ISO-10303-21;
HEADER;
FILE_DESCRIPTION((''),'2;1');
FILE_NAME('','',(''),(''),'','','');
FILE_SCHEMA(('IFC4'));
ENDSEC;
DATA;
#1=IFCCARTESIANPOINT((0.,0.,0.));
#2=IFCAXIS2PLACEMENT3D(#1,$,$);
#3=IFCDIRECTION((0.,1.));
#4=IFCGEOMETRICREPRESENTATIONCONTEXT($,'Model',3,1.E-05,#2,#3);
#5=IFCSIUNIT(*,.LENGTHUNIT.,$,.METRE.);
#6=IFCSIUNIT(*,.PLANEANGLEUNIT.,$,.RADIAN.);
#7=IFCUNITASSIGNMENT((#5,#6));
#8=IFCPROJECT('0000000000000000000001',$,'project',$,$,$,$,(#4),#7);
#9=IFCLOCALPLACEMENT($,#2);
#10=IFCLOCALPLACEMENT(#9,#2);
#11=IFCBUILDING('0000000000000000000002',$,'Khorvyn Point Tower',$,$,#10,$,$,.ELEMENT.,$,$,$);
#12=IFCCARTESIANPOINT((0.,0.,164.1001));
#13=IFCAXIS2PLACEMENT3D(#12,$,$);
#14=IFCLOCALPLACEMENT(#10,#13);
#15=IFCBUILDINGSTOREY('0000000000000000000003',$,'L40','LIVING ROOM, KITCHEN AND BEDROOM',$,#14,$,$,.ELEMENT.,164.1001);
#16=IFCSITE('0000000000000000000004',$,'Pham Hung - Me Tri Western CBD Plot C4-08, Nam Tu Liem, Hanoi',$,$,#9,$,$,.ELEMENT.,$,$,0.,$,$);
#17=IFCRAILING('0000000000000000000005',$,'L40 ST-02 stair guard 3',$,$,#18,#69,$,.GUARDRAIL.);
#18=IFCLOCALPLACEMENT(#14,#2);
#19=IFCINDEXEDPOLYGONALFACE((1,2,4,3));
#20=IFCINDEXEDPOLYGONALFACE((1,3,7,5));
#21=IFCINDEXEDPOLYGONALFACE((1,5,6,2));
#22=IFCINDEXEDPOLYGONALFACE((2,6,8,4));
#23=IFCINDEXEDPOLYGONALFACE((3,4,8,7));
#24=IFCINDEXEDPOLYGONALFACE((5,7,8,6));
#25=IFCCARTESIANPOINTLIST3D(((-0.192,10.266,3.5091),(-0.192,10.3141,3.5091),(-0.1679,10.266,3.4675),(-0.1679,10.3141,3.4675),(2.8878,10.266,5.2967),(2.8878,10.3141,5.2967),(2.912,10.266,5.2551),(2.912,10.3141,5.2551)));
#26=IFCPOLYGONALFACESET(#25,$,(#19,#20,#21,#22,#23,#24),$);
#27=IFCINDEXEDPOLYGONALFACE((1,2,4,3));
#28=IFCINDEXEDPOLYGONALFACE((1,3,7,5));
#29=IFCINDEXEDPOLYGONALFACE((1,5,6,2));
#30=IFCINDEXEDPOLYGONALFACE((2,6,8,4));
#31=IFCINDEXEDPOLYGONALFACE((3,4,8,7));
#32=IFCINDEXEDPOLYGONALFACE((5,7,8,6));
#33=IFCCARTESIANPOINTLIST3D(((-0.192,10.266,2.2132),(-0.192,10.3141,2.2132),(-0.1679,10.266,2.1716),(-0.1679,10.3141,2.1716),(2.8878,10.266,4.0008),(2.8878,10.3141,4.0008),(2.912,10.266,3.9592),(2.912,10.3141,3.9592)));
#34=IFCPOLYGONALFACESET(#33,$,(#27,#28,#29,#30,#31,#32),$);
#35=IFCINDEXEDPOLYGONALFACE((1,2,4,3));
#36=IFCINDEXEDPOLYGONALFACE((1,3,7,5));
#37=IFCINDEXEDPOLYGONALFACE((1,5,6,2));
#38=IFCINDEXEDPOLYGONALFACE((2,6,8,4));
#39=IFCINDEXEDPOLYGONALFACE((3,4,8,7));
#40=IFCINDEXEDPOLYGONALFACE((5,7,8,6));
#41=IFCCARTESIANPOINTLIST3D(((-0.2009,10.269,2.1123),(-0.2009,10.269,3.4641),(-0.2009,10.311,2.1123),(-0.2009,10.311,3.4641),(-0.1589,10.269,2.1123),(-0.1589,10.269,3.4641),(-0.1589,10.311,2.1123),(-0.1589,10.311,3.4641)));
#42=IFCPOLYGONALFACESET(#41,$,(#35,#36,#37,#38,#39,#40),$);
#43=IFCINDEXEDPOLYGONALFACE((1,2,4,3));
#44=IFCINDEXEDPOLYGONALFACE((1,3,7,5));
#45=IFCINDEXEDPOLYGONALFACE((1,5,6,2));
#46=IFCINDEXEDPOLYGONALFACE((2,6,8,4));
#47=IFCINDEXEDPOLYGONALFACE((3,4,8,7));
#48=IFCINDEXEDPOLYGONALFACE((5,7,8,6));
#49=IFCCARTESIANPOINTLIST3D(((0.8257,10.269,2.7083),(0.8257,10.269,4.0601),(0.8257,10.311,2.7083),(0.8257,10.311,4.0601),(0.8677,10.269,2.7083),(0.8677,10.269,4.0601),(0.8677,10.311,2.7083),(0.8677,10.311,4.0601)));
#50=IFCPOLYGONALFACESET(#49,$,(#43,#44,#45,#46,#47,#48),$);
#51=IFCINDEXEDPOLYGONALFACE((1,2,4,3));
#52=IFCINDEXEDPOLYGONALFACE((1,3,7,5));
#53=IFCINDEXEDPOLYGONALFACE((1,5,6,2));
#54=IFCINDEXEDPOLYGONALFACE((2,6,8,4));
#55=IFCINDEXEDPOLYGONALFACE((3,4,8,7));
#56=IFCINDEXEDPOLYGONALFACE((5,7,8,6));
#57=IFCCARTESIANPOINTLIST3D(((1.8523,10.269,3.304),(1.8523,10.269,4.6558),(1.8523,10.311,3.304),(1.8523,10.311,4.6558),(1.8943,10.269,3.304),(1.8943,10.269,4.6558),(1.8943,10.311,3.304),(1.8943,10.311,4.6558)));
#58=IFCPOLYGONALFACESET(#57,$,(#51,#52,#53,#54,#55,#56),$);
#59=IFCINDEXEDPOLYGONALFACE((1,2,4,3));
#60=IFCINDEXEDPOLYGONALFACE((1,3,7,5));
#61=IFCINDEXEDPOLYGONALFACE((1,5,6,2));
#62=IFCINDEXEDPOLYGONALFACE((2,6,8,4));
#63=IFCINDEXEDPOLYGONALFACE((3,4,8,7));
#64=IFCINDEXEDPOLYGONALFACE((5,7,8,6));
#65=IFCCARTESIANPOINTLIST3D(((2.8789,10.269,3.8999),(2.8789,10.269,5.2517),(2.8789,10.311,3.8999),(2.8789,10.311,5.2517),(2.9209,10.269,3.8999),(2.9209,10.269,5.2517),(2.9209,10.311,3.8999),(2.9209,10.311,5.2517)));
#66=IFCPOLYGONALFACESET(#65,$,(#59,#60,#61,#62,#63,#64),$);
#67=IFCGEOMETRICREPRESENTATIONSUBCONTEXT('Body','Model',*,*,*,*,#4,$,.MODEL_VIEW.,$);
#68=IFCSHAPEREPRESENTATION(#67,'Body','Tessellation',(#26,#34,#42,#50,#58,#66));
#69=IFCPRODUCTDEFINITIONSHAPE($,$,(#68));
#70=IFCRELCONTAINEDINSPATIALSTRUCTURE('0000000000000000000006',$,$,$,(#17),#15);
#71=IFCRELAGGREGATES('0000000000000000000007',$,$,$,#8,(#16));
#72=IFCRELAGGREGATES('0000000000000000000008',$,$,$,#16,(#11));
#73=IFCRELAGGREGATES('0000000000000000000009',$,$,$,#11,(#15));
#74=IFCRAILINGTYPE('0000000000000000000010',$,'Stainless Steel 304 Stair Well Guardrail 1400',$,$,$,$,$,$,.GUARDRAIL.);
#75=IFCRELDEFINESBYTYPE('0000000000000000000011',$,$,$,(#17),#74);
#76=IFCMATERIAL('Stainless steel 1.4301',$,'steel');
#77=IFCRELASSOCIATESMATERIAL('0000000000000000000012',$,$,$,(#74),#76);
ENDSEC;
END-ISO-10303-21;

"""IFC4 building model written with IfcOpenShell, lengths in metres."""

from ifc_helpers import new_model, si_unit, direction, frame, origin, origin_2d, place, context, subcontext, project, spatial, rectangle, extrude, material, type_object, element, save


model = new_model("IFC4")

# Units and contexts
model_context = context("Model", 3, precision=1e-05, world=origin(), true_north=direction((0.0, 1.0)))
body_context = subcontext(model_context, "Body", "Model", "MODEL_VIEW")
ifc_project = project(units=[si_unit("LENGTHUNIT", "METRE"), si_unit("PLANEANGLEUNIT", "RADIAN")], contexts=[model_context])

# Site, building, storey
site_placement = place(None, origin())
site = spatial("IfcSite", under=ifc_project, at=site_placement, Name="Pham Hung - Me Tri Western CBD Plot C4-08, Nam Tu Liem, Hanoi", CompositionType="ELEMENT", RefElevation=0.0)
building_placement = place(site_placement, origin())
building = spatial("IfcBuilding", under=site, at=building_placement, Name="Khorvyn Point Tower", CompositionType="ELEMENT")
storey_placement = place(building_placement, frame((0.0, 0.0, 164.1001)))
storey = spatial("IfcBuildingStorey", under=building, at=storey_placement, Name="L40", Description="LIVING ROOM, KITCHEN AND BEDROOM", CompositionType="ELEMENT", Elevation=164.1001)

# Shared definitions
ifc_material_1 = material(Name="Stainless steel 1.4301", Category="steel")

# Railing
railing_type_1 = type_object("IfcRailingType", Name="Stainless Steel 304 Stair Well Guardrail 1400", PredefinedType="GUARDRAIL", material=ifc_material_1)
railing_1_placement = place(storey_placement, frame((-0.1799, 10.29, 2.1123)))
element("IfcRailing", 1, at=railing_1_placement, inside=storey, type_object=railing_type_1, Name="L40 ST-02 stair guard 3", PredefinedType="GUARDRAIL", context=body_context, shape_type="SweptSolid", body=[
    extrude(rectangle(XDim=0.0481, YDim=0.0481, at=origin_2d()), frame((0.0, 0.0, 1.376), z_axis=(0.864873, 0.0, 0.50199), x_axis=(0.0, 1.0, 0.0)), (0.0, 0.0, 1.0), 3.561),
    extrude(rectangle(XDim=0.0481, YDim=0.0481, at=origin_2d()), frame((0.0, 0.0, 0.0801), z_axis=(0.864873, 0.0, 0.50199), x_axis=(0.0, 1.0, 0.0)), (0.0, 0.0, 1.0), 3.561),
    extrude(rectangle(XDim=0.042, YDim=0.042, at=origin_2d()), origin(), (0.0, 0.0, 1.0), 1.3518),
    extrude(rectangle(XDim=0.042, YDim=0.042, at=origin_2d()), frame((1.0266, 0.0, 0.5959)), (0.0, 0.0, 1.0), 1.3518),
    extrude(rectangle(XDim=0.042, YDim=0.042, at=origin_2d()), frame((2.0532, 0.0, 1.1917)), (0.0, 0.0, 1.0), 1.3518),
    extrude(rectangle(XDim=0.042, YDim=0.042, at=origin_2d()), frame((3.0798, 0.0, 1.7876)), (0.0, 0.0, 1.0), 1.3518),
])

save(model, "model.ifc")
